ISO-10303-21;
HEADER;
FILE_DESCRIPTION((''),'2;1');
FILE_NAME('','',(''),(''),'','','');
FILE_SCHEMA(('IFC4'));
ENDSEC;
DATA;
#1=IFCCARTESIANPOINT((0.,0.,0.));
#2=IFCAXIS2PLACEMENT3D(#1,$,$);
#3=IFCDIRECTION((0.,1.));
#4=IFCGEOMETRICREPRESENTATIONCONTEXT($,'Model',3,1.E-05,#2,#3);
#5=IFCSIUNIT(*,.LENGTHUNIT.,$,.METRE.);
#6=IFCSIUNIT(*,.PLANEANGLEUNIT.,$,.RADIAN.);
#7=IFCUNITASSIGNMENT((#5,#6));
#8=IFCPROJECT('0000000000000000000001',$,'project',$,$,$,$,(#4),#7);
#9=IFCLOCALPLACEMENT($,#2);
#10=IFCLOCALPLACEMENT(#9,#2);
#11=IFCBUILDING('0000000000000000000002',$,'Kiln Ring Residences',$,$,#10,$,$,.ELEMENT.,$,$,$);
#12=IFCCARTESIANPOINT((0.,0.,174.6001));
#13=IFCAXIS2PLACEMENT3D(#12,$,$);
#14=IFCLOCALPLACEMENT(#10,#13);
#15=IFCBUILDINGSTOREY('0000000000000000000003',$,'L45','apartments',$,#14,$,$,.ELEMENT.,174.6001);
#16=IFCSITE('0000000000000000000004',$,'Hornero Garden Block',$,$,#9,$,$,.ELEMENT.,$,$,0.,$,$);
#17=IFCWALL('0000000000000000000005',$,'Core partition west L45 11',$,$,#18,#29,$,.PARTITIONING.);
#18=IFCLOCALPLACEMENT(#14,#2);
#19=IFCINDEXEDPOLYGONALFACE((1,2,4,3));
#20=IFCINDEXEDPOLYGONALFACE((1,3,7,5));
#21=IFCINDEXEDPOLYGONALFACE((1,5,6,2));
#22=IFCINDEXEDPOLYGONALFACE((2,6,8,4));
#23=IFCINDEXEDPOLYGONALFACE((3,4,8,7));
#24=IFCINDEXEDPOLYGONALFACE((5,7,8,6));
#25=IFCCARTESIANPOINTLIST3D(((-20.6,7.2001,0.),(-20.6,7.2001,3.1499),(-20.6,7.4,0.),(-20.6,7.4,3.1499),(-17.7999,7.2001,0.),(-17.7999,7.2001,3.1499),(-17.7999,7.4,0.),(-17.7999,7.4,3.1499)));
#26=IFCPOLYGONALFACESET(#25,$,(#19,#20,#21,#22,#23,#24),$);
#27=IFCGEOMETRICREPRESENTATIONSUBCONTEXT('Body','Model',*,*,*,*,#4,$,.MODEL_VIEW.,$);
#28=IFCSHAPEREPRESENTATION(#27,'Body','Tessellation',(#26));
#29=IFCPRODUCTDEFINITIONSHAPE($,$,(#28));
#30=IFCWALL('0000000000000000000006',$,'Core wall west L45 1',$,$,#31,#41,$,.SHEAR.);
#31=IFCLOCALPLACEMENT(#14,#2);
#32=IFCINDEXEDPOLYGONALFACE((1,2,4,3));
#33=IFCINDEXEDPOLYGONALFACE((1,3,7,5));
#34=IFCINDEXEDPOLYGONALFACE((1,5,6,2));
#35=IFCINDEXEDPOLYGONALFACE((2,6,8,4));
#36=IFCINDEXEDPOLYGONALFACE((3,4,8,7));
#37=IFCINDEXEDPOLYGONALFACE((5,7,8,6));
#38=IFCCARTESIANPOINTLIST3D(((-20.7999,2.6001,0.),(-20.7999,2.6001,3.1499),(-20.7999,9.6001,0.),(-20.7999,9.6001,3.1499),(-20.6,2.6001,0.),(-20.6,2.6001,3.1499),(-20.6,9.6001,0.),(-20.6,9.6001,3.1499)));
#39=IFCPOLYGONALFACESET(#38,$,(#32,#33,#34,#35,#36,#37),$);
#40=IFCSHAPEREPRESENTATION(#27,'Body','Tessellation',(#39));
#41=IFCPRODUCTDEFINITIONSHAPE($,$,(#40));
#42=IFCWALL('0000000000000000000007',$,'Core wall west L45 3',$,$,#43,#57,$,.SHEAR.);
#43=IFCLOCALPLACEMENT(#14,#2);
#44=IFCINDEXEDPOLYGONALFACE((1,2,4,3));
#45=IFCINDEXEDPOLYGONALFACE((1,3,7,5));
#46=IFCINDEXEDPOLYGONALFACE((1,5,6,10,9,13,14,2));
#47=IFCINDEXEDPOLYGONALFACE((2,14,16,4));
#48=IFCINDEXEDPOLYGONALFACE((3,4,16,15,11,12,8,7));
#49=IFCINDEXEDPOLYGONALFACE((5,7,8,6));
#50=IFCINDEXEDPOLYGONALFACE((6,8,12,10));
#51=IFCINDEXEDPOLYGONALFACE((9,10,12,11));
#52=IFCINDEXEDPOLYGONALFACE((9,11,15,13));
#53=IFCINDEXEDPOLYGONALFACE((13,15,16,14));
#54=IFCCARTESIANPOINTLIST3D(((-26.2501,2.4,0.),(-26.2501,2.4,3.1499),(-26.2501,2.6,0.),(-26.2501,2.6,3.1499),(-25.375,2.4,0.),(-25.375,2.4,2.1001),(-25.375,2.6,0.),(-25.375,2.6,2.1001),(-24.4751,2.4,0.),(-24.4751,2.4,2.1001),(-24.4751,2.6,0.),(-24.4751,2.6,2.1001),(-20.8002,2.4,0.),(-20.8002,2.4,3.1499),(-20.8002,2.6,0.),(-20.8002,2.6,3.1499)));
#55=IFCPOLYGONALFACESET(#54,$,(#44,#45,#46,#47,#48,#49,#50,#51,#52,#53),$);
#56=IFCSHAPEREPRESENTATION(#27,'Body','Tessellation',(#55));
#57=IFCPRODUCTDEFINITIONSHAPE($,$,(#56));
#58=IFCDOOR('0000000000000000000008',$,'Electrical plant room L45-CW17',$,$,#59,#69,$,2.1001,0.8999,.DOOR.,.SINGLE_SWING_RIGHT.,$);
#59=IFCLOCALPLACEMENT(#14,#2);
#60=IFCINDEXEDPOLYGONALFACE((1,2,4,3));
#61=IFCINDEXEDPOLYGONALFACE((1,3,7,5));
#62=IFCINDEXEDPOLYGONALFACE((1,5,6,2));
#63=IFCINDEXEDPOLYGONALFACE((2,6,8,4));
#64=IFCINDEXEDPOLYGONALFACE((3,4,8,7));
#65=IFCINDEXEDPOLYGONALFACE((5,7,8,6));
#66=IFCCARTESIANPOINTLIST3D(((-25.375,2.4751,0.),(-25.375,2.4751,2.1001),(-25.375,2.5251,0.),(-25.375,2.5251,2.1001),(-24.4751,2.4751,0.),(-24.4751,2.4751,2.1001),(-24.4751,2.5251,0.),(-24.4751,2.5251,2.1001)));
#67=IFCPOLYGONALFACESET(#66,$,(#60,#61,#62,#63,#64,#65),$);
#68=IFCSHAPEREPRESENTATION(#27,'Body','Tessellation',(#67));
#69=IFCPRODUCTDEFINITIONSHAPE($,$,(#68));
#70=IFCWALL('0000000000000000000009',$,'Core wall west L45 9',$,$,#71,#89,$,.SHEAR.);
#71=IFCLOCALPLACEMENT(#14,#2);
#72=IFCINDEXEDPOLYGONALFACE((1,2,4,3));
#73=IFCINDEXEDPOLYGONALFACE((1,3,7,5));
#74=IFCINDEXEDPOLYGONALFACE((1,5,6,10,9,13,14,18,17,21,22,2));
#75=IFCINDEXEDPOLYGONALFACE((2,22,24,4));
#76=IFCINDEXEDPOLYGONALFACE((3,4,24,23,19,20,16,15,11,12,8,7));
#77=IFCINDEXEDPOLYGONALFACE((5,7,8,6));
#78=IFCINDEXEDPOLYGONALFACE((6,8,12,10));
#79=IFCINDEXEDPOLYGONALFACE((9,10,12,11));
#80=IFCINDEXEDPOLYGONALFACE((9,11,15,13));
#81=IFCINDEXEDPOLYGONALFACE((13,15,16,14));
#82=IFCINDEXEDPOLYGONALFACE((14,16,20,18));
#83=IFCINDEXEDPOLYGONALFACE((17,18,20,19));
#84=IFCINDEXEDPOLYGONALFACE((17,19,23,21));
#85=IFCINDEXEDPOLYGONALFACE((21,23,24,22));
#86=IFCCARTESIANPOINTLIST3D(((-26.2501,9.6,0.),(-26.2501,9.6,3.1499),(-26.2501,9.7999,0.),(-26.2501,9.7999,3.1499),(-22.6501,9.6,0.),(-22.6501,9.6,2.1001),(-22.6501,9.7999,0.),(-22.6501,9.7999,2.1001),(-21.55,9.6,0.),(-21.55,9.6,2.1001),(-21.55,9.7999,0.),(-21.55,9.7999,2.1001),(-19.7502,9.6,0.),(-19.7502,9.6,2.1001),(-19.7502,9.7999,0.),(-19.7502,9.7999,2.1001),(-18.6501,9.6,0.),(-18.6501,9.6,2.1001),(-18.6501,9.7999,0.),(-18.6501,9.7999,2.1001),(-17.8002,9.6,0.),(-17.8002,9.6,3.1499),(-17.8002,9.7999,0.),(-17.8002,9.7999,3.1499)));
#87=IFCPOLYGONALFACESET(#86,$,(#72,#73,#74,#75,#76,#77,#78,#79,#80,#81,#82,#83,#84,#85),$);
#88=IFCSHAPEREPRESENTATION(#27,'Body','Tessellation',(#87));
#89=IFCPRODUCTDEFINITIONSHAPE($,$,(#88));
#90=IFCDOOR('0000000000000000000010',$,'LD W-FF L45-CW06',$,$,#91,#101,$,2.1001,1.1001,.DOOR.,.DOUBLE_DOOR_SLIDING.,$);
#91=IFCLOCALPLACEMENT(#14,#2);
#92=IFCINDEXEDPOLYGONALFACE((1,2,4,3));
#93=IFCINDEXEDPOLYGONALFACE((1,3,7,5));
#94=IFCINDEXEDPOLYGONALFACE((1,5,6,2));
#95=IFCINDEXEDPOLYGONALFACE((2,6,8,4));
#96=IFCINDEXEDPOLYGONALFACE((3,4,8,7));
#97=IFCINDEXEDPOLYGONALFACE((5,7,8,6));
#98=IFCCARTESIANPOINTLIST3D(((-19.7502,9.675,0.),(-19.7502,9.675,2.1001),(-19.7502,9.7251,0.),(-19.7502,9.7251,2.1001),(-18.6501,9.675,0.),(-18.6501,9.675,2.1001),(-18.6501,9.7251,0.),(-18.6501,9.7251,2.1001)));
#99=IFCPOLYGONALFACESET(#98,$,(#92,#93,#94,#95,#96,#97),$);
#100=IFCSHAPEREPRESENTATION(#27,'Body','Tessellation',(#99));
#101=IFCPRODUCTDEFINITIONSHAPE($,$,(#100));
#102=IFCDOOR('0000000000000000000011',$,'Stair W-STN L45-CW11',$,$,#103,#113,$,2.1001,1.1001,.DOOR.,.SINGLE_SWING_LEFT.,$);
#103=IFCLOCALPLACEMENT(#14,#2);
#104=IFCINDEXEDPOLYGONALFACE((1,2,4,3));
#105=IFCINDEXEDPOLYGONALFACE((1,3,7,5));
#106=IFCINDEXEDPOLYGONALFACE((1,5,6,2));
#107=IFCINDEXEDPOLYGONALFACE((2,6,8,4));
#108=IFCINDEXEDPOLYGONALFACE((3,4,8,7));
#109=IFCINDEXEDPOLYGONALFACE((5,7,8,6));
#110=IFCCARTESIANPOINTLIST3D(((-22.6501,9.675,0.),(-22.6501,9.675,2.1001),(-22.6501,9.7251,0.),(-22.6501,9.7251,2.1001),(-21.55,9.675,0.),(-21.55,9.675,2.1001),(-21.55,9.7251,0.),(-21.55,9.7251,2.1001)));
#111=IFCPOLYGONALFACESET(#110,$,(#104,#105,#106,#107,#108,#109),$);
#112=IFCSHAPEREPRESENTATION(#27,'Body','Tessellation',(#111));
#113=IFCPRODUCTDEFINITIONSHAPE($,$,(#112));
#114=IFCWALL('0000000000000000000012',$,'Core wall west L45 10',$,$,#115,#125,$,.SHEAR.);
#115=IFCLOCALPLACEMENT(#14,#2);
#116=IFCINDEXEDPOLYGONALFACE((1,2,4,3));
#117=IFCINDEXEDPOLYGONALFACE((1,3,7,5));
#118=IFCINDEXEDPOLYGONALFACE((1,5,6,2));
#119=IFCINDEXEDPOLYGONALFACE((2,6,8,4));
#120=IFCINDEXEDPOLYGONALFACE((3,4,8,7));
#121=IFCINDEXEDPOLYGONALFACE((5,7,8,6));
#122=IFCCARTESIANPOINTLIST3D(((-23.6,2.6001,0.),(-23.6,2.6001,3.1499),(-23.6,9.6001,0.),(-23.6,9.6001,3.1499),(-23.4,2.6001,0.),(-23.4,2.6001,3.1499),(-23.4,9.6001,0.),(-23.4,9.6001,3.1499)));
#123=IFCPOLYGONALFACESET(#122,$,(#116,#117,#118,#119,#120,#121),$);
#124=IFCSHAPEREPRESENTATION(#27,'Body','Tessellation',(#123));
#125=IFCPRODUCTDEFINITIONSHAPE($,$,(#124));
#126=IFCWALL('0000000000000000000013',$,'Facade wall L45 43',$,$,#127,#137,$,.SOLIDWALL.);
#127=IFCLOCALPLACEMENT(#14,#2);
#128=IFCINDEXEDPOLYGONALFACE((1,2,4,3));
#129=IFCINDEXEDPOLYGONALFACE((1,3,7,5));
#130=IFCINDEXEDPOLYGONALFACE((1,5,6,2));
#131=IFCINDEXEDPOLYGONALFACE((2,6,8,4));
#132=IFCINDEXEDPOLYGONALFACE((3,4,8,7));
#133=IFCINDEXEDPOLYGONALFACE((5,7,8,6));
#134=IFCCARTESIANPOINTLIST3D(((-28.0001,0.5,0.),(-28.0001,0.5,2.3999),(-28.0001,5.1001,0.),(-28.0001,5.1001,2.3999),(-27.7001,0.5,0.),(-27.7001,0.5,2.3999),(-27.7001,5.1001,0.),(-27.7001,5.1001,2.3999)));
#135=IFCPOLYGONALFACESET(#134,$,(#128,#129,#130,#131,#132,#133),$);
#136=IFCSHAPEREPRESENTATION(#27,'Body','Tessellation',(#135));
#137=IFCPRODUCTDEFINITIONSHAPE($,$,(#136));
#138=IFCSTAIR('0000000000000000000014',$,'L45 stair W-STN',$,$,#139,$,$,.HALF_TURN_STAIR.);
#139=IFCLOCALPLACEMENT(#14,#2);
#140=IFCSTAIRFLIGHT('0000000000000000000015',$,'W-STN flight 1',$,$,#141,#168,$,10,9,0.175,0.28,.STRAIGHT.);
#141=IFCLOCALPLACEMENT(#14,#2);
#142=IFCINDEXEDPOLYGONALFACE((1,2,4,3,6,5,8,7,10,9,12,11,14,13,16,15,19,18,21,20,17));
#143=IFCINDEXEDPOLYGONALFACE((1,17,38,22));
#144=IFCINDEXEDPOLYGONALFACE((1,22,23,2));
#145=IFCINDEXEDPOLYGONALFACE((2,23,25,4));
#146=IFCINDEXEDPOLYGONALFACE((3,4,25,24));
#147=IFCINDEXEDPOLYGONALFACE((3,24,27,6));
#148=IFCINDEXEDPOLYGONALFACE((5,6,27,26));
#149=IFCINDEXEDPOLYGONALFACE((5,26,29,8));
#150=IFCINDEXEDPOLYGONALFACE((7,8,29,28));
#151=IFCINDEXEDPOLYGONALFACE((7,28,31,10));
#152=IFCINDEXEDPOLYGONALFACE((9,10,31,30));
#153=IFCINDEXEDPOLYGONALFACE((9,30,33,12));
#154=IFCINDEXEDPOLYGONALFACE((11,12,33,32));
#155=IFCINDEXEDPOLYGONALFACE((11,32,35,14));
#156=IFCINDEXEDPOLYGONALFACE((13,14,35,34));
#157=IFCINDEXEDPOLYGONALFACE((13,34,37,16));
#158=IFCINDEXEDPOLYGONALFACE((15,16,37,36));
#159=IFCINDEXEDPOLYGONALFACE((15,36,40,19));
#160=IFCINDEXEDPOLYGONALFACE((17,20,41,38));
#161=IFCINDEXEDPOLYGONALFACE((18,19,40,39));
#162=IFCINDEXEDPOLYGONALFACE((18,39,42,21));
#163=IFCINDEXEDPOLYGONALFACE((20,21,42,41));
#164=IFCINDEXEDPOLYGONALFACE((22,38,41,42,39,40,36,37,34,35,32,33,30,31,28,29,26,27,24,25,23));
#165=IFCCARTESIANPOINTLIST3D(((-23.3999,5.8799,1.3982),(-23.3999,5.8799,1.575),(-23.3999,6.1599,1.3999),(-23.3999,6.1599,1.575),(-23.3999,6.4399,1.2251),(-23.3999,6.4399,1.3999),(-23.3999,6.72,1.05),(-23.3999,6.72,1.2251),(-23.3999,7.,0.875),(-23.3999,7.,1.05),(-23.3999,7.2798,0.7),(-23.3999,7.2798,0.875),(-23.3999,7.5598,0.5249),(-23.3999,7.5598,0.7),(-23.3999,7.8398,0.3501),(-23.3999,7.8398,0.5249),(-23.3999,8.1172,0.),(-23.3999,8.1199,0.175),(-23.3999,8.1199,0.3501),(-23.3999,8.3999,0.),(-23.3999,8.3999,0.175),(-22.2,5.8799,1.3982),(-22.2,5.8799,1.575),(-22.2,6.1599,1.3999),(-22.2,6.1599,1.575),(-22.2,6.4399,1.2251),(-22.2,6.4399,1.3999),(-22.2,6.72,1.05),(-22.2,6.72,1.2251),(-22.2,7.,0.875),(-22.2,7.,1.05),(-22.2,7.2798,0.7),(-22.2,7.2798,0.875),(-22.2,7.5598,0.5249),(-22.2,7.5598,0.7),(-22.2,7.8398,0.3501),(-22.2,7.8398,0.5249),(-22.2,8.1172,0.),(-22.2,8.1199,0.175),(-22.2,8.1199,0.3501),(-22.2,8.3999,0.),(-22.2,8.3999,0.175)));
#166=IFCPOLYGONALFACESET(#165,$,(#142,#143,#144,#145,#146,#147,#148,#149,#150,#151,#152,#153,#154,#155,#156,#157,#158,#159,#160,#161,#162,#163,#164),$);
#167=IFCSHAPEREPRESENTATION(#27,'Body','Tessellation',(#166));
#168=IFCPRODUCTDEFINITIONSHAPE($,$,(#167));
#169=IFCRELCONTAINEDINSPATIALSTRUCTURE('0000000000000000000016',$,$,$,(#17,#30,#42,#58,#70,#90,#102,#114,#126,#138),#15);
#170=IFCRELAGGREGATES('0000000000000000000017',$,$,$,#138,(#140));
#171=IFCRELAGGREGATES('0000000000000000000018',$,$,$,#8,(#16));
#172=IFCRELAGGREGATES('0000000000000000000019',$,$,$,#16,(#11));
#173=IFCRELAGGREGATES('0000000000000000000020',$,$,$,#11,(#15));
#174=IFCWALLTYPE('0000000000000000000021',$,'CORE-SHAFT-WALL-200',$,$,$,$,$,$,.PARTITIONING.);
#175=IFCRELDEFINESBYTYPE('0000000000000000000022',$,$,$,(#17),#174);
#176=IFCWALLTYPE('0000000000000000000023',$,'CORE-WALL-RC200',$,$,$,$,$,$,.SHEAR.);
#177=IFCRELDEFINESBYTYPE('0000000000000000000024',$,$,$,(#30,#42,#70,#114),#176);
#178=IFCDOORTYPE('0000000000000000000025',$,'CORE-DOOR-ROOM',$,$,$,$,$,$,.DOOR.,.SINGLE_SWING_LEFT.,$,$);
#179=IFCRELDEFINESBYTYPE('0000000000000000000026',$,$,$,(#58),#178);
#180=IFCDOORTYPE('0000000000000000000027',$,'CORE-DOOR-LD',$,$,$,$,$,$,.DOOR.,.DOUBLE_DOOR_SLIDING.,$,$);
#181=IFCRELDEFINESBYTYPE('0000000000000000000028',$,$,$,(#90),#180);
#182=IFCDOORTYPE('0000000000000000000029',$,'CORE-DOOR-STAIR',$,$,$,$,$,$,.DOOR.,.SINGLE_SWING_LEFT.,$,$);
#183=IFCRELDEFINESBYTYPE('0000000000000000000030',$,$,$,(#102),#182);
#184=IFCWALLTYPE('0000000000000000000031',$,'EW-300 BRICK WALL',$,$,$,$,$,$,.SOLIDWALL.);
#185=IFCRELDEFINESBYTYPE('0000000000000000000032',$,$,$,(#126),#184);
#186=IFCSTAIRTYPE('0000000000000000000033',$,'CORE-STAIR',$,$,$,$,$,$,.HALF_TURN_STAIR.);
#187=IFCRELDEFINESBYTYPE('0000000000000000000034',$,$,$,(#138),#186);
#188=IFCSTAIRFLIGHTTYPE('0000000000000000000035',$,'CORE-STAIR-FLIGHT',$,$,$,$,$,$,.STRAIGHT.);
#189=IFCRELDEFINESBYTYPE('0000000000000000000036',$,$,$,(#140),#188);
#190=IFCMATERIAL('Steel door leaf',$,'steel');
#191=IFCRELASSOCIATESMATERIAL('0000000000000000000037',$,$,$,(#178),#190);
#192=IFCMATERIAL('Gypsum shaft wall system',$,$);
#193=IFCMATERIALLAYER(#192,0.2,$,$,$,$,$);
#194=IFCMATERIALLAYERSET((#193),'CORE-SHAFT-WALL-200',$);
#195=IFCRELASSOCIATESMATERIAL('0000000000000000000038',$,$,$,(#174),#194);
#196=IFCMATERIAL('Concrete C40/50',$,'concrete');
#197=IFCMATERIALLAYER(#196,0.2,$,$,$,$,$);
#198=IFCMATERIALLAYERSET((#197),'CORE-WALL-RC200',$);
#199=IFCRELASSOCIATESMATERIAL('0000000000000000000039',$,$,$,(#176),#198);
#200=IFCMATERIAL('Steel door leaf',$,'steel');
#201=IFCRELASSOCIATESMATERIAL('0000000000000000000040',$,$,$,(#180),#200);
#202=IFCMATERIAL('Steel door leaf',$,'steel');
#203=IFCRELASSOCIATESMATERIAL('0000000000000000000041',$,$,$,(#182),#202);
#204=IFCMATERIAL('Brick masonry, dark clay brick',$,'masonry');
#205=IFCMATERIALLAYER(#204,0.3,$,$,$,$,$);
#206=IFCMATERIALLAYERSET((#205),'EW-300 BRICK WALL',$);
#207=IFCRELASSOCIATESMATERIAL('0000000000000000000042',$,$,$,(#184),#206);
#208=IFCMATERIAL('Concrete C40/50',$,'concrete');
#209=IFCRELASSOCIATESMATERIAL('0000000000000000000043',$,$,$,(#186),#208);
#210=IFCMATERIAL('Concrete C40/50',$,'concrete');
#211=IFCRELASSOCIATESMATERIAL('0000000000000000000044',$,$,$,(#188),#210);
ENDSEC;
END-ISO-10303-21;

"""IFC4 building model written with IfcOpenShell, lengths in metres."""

from ifc_helpers import new_model, si_unit, direction, frame, frame_2d, origin, place, context, subcontext, project, spatial, polyline, rectangle, outline, extrude, material, layer, layer_set, type_object, element, fill, aggregate, save


model = new_model("IFC4")

# Units and contexts
model_context = context("Model", 3, precision=1e-05, world=origin(), true_north=direction((0.0, 1.0)))
body_context = subcontext(model_context, "Body", "Model", "MODEL_VIEW")
ifc_project = project(units=[si_unit("LENGTHUNIT", "METRE"), si_unit("PLANEANGLEUNIT", "RADIAN")], contexts=[model_context])

# Site, building, storey
site_placement = place(None, origin())
site = spatial("IfcSite", under=ifc_project, at=site_placement, Name="Hornero Garden Block", CompositionType="ELEMENT", RefElevation=0.0)
building_placement = place(site_placement, origin())
building = spatial("IfcBuilding", under=site, at=building_placement, Name="Kiln Ring Residences", CompositionType="ELEMENT")
storey_placement = place(building_placement, frame((0.0, 0.0, 174.6001)))
storey = spatial("IfcBuildingStorey", under=building, at=storey_placement, Name="L45", Description="apartments", CompositionType="ELEMENT", Elevation=174.6001)

# Shared definitions
ifc_material_1 = material(Name="Steel door leaf", Category="steel")
door_type_1 = type_object("IfcDoorType", Name="CORE-DOOR-ROOM", OperationType="SINGLE_SWING_LEFT", PredefinedType="DOOR", material=ifc_material_1)

# Shared definitions
ifc_material_2 = material(Name="Gypsum shaft wall system")
ifc_layer_1 = layer(ifc_material_2, 0.2)
ifc_layer_set_1 = layer_set([ifc_layer_1], Name="CORE-SHAFT-WALL-200")
wall_type_1 = type_object("IfcWallType", Name="CORE-SHAFT-WALL-200", PredefinedType="PARTITIONING", material=ifc_layer_set_1)

# Walls
for number, where, z_axis, x_axis, name in (
    (1, (-17.8, 7.3, 0.0), (0.0, 0.0, 1.0), (-1.0, 0.0, 0.0), "Core partition west L45 11"),
):
    element("IfcWall", number, at=place(storey_placement, frame(where, z_axis=z_axis, x_axis=x_axis)), inside=storey, type_object=wall_type_1, Name=name, PredefinedType="PARTITIONING", context=body_context, shape_type="SweptSolid", body=[
        extrude(rectangle(XDim=2.8, YDim=0.2, at=frame_2d((1.3999, 0.0))), origin(), (0.0, 0.0, 1.0), 3.1499),
    ])
ifc_material_3 = material(Name="Concrete C40/50", Category="concrete")
ifc_layer_2 = layer(ifc_material_3, 0.2)
ifc_layer_set_2 = layer_set([ifc_layer_2], Name="CORE-WALL-RC200")
wall_type_2 = type_object("IfcWallType", Name="CORE-WALL-RC200", PredefinedType="SHEAR", material=ifc_layer_set_2)
wall_1_placement = place(storey_placement, frame((-20.7, 2.6001, 0.0), z_axis=(0.0, 0.0, 1.0), x_axis=(0.0, 1.0, 0.0)))
element("IfcWall", 2, at=wall_1_placement, inside=storey, type_object=wall_type_2, Name="Core wall west L45 1", PredefinedType="SHEAR", context=body_context, shape_type="SweptSolid", body=[
    extrude(rectangle(XDim=7.0, YDim=0.2, at=frame_2d((3.5, 0.0))), origin(), (0.0, 0.0, 1.0), 3.1499),
])

# Wall, opening, door
wall_2_placement = place(storey_placement, frame((-20.8, 2.5, 0.0), z_axis=(0.0, 0.0, 1.0), x_axis=(-1.0, 0.0, 0.0)))
wall_2 = element("IfcWall", 3, at=wall_2_placement, inside=storey, type_object=wall_type_2, Name="Core wall west L45 3", PredefinedType="SHEAR", context=body_context, shape_type="SweptSolid", body=[
    extrude(rectangle(XDim=5.45, YDim=0.2, at=frame_2d((2.7251, 0.0))), origin(), (0.0, 0.0, 1.0), 3.1499),
])
opening_1_placement = place(wall_2_placement, frame((3.675, 0.0, 0.0)))
opening_1 = element("IfcOpeningElement", 4, at=opening_1_placement, cuts=wall_2, PredefinedType="OPENING", context=body_context, shape_type="SweptSolid", body=[
    extrude(rectangle(XDim=0.8999, YDim=2.1001, at=frame_2d((0.45, 1.05))), frame((0.0, 0.1099, 0.0), z_axis=(0.0, -1.0, 0.0), x_axis=(1.0, 0.0, 0.0)), (0.0, 0.0, 1.0), 0.22),
])
door_1_placement = place(opening_1_placement, origin())
door_1 = element("IfcDoor", 5, at=door_1_placement, inside=storey, type_object=door_type_1, Name="Electrical plant room L45-CW17", OperationType="SINGLE_SWING_RIGHT", OverallHeight=2.1001, OverallWidth=0.8999, PredefinedType="DOOR", context=body_context, shape_type="SweptSolid", body=[
    extrude(rectangle(XDim=0.8999, YDim=2.1001, at=frame_2d((0.45, 1.05))), frame((0.0, 0.0249, 0.0), z_axis=(0.0, -1.0, 0.0), x_axis=(1.0, 0.0, 0.0)), (0.0, 0.0, 1.0), 0.05),
])
fill(opening_1, door_1)

# Wall, openings, doors
wall_3_placement = place(storey_placement, frame((-17.8, 9.7, 0.0), z_axis=(0.0, 0.0, 1.0), x_axis=(-1.0, 0.0, 0.0)))
wall_3 = element("IfcWall", 6, at=wall_3_placement, inside=storey, type_object=wall_type_2, Name="Core wall west L45 9", PredefinedType="SHEAR", context=body_context, shape_type="SweptSolid", body=[
    extrude(rectangle(XDim=8.45, YDim=0.2, at=frame_2d((4.2251, 0.0))), origin(), (0.0, 0.0, 1.0), 3.1499),
])
opening_2_placement = place(wall_3_placement, frame((0.8501, 0.0, 0.0)))
opening_2 = element("IfcOpeningElement", 7, at=opening_2_placement, cuts=wall_3, PredefinedType="OPENING", context=body_context, shape_type="SweptSolid", body=[
    extrude(rectangle(XDim=1.1001, YDim=2.1001, at=frame_2d((0.55, 1.05))), frame((0.0, 0.1099, 0.0), z_axis=(0.0, -1.0, 0.0), x_axis=(1.0, 0.0, 0.0)), (0.0, 0.0, 1.0), 0.22),
])
opening_3_placement = place(wall_3_placement, frame((3.75, 0.0, 0.0)))
opening_3 = element("IfcOpeningElement", 8, at=opening_3_placement, cuts=wall_3, PredefinedType="OPENING", context=body_context, shape_type="SweptSolid", body=[
    extrude(rectangle(XDim=1.1001, YDim=2.1001, at=frame_2d((0.55, 1.05))), frame((0.0, 0.1099, 0.0), z_axis=(0.0, -1.0, 0.0), x_axis=(1.0, 0.0, 0.0)), (0.0, 0.0, 1.0), 0.22),
])
ifc_material_4 = material(Name="Steel door leaf", Category="steel")
door_type_2 = type_object("IfcDoorType", Name="CORE-DOOR-LD", OperationType="DOUBLE_DOOR_SLIDING", PredefinedType="DOOR", material=ifc_material_4)
door_2_placement = place(opening_2_placement, origin())
door_2 = element("IfcDoor", 9, at=door_2_placement, inside=storey, type_object=door_type_2, Name="LD W-FF L45-CW06", OperationType="DOUBLE_DOOR_SLIDING", OverallHeight=2.1001, OverallWidth=1.1001, PredefinedType="DOOR", context=body_context, shape_type="SweptSolid", body=[
    extrude(rectangle(XDim=1.1001, YDim=2.1001, at=frame_2d((0.55, 1.05))), frame((0.0, 0.0249, 0.0), z_axis=(0.0, -1.0, 0.0), x_axis=(1.0, 0.0, 0.0)), (0.0, 0.0, 1.0), 0.05),
])
fill(opening_2, door_2)
ifc_material_5 = material(Name="Steel door leaf", Category="steel")
door_type_3 = type_object("IfcDoorType", Name="CORE-DOOR-STAIR", OperationType="SINGLE_SWING_LEFT", PredefinedType="DOOR", material=ifc_material_5)
door_3_placement = place(opening_3_placement, origin())
door_3 = element("IfcDoor", 10, at=door_3_placement, inside=storey, type_object=door_type_3, Name="Stair W-STN L45-CW11", OperationType="SINGLE_SWING_LEFT", OverallHeight=2.1001, OverallWidth=1.1001, PredefinedType="DOOR", context=body_context, shape_type="SweptSolid", body=[
    extrude(rectangle(XDim=1.1001, YDim=2.1001, at=frame_2d((0.55, 1.05))), frame((0.0, 0.0249, 0.0), z_axis=(0.0, -1.0, 0.0), x_axis=(1.0, 0.0, 0.0)), (0.0, 0.0, 1.0), 0.05),
])
fill(opening_3, door_3)

# Walls
wall_4_placement = place(storey_placement, frame((-23.5, 2.6001, 0.0), z_axis=(0.0, 0.0, 1.0), x_axis=(0.0, 1.0, 0.0)))
element("IfcWall", 11, at=wall_4_placement, inside=storey, type_object=wall_type_2, Name="Core wall west L45 10", PredefinedType="SHEAR", context=body_context, shape_type="SweptSolid", body=[
    extrude(rectangle(XDim=7.0, YDim=0.2, at=frame_2d((3.5, 0.0))), origin(), (0.0, 0.0, 1.0), 3.1499),
])
ifc_material_6 = material(Name="Brick masonry, dark clay brick", Category="masonry")
ifc_layer_3 = layer(ifc_material_6, 0.3)
ifc_layer_set_3 = layer_set([ifc_layer_3], Name="EW-300 BRICK WALL")
wall_type_3 = type_object("IfcWallType", Name="EW-300 BRICK WALL", PredefinedType="SOLIDWALL", material=ifc_layer_set_3)
wall_5_placement = place(storey_placement, frame((-27.8501, 5.1001, 0.0), z_axis=(0.0, 0.0, 1.0), x_axis=(0.0, -1.0, 0.0)))
element("IfcWall", 12, at=wall_5_placement, inside=storey, type_object=wall_type_3, Name="Facade wall L45 43", PredefinedType="SOLIDWALL", context=body_context, shape_type="SweptSolid", body=[
    extrude(rectangle(XDim=4.6001, YDim=0.3, at=frame_2d((2.3, 0.0))), origin(), (0.0, 0.0, 1.0), 2.3999),
])

# Stair, stair flight
ifc_material_7 = material(Name="Concrete C40/50", Category="concrete")
stair_type = type_object("IfcStairType", Name="CORE-STAIR", PredefinedType="HALF_TURN_STAIR", material=ifc_material_7)
stair_placement = place(storey_placement, origin())
stair = element("IfcStair", 13, at=stair_placement, inside=storey, type_object=stair_type, Name="L45 stair W-STN", PredefinedType="HALF_TURN_STAIR")
ifc_material_8 = material(Name="Concrete C40/50", Category="concrete")
stair_flight_type = type_object("IfcStairFlightType", Name="CORE-STAIR-FLIGHT", PredefinedType="STRAIGHT", material=ifc_material_8)
stair_flight_1_placement = place(storey_placement, frame((-22.8, 8.3999, 0.0), z_axis=(0.0, 0.0, 1.0), x_axis=(0.0, -1.0, 0.0)))
stair_flight_1 = element("IfcStairFlight", 14, at=stair_flight_1_placement, type_object=stair_flight_type, Name="W-STN flight 1", NumberOfRisers=10, NumberOfTreads=9, PredefinedType="STRAIGHT", RiserHeight=0.175, TreadLength=0.28, context=body_context, shape_type="SweptSolid", body=[
    extrude(outline(polyline([(0.0, 0.0), (0.0, 0.175), (0.28, 0.175), (0.28, 0.3501), (0.5601, 0.3501), (0.5601, 0.5249), (0.8401, 0.5249), (0.8401, 0.7), (1.1201, 0.7), (1.1201, 0.875), (1.3999, 0.875), (1.3999, 1.05), (1.6799, 1.05), (1.6799, 1.2251), (1.96, 1.2251), (1.96, 1.3999), (2.24, 1.3999), (2.24, 1.575), (2.52, 1.575), (2.52, 1.75), (2.52, 1.3982), (0.2827, 0.0), (0.0, 0.0)])), frame((0.0, 0.6001, 0.0), z_axis=(0.0, -1.0, 0.0), x_axis=(1.0, 0.0, 0.0)), (0.0, 0.0, 1.0), 1.2),
])
aggregate(stair, [stair_flight_1])

save(model, "model.ifc")
